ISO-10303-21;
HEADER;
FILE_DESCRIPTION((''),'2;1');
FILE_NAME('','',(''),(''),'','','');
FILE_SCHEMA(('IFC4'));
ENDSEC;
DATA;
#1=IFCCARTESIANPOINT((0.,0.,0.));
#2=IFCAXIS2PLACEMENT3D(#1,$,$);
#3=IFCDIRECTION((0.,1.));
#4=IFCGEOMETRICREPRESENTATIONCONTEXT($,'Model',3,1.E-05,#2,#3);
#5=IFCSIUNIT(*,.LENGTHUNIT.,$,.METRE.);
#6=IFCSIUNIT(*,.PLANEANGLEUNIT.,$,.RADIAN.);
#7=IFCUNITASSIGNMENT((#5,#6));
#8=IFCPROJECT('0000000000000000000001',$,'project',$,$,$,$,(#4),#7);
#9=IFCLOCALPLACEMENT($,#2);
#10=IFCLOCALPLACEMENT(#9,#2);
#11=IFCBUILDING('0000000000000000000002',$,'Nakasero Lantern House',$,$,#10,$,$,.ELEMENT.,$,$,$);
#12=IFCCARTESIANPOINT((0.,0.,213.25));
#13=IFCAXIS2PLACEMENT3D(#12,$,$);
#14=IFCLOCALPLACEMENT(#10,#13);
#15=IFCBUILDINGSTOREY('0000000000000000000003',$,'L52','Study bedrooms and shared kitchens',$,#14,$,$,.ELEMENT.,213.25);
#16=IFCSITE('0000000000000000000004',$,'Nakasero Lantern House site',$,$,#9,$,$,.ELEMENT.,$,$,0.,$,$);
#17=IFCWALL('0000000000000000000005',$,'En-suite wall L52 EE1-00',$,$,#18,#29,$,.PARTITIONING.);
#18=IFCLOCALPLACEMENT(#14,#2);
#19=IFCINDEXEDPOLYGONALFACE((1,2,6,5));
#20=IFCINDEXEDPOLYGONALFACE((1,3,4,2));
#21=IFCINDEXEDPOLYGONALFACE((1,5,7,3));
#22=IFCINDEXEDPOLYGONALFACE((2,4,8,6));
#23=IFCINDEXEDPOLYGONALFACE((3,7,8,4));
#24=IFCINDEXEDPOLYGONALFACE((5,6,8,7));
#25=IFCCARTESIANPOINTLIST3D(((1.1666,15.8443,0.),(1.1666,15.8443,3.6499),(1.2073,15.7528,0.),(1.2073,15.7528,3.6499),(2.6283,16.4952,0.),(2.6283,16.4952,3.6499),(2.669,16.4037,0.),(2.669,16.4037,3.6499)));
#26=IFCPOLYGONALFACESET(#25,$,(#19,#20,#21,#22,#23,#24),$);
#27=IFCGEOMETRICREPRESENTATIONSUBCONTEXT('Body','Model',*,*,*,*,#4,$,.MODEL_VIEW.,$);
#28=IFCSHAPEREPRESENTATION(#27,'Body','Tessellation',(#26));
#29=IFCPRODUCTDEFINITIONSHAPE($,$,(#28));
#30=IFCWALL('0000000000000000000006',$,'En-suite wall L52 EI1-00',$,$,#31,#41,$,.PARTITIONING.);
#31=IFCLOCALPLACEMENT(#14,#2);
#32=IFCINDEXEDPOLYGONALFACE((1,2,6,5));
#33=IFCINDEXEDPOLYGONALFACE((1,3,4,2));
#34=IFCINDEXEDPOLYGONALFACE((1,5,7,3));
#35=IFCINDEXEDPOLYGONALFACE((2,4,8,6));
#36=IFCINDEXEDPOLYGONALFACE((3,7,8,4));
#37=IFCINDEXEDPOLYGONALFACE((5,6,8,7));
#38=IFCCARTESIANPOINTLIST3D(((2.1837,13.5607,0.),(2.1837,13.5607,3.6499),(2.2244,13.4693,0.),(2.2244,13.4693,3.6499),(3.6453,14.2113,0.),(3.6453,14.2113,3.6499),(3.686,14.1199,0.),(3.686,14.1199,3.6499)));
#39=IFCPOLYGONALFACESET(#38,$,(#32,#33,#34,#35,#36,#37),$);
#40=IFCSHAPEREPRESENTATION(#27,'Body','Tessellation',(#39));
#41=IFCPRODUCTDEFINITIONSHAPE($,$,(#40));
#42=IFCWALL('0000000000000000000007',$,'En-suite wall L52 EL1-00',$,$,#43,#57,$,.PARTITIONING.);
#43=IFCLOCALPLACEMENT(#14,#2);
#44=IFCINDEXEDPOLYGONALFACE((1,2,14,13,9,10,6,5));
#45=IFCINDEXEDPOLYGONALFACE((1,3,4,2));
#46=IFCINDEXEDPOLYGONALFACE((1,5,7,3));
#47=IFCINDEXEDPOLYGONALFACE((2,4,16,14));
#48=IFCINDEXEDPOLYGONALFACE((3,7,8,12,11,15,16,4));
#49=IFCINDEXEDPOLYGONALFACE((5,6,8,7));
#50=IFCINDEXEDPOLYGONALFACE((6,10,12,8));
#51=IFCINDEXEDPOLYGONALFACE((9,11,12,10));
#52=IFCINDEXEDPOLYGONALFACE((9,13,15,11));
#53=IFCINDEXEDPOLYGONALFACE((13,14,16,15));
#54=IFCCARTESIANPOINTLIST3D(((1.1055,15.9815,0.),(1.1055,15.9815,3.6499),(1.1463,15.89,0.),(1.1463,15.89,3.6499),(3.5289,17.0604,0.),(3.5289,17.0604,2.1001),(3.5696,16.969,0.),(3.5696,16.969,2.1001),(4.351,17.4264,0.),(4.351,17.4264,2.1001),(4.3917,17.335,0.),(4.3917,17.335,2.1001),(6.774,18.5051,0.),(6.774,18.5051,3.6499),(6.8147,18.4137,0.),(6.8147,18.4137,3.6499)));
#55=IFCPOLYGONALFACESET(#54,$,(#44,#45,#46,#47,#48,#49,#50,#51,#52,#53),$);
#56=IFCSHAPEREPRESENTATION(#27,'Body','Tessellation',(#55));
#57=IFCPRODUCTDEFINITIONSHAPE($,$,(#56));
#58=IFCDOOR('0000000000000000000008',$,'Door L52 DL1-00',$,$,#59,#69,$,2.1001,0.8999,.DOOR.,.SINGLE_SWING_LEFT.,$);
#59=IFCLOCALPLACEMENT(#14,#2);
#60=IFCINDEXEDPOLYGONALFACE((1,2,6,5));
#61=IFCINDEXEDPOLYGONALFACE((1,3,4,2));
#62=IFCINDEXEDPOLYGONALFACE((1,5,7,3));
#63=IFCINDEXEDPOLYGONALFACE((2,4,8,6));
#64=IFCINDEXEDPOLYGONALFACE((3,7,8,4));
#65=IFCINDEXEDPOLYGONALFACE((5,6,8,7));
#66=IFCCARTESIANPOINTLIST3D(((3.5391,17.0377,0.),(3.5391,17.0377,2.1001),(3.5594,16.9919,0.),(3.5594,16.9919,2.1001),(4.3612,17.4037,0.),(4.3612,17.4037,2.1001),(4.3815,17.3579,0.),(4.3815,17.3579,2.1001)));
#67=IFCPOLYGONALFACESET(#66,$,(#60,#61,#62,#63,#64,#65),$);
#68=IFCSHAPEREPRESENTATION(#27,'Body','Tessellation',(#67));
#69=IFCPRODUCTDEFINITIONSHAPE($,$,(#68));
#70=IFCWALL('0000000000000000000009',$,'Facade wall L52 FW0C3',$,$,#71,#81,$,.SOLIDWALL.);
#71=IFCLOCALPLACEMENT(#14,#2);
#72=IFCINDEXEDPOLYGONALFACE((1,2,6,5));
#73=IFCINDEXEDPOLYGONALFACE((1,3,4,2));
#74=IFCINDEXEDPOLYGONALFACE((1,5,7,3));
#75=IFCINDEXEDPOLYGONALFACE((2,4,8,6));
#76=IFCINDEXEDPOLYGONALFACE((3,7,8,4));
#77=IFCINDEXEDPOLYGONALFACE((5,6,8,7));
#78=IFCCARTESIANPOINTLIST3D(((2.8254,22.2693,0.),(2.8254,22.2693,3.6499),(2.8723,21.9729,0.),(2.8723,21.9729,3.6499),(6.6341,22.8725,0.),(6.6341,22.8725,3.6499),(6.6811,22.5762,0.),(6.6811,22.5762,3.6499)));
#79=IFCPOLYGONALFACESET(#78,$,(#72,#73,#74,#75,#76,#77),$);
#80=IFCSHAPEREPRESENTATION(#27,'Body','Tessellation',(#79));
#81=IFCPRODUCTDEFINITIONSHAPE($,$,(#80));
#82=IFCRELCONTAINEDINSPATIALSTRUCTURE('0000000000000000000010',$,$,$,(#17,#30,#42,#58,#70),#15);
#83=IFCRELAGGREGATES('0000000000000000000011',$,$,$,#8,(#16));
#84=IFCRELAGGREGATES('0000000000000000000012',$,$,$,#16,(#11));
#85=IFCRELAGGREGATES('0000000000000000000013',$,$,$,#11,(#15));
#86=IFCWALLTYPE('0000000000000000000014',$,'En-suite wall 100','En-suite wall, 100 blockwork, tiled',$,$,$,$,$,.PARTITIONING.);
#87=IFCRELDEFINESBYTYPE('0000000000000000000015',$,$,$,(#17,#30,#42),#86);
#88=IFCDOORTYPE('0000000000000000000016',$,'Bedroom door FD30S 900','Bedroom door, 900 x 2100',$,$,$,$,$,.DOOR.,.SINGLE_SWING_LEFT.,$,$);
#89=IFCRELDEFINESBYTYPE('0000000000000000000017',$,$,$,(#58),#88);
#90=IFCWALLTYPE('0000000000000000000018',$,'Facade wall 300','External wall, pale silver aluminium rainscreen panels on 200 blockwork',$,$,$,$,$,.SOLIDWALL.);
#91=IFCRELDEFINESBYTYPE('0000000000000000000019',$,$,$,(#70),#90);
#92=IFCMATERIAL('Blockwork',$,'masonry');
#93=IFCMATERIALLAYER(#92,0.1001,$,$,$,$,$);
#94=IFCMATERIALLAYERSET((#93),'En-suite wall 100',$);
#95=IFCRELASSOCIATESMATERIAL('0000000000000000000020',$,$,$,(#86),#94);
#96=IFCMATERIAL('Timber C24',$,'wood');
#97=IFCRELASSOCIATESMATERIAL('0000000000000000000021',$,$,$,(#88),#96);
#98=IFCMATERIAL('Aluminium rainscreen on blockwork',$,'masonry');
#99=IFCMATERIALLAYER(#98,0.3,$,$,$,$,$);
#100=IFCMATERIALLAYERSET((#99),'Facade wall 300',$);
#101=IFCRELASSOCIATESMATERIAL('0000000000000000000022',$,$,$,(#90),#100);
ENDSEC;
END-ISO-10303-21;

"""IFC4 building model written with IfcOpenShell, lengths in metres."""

from ifc_helpers import new_model, si_unit, direction, frame, frame_2d, origin, place, context, subcontext, project, spatial, rectangle, extrude, material, layer, layer_set, type_object, element, fill, save


model = new_model("IFC4")

# Units and contexts
model_context = context("Model", 3, precision=1e-05, world=origin(), true_north=direction((0.0, 1.0)))
body_context = subcontext(model_context, "Body", "Model", "MODEL_VIEW")
ifc_project = project(units=[si_unit("LENGTHUNIT", "METRE"), si_unit("PLANEANGLEUNIT", "RADIAN")], contexts=[model_context])

# Site, building, storey
site_placement = place(None, origin())
site = spatial("IfcSite", under=ifc_project, at=site_placement, Name="Nakasero Lantern House site", CompositionType="ELEMENT", RefElevation=0.0)
building_placement = place(site_placement, origin())
building = spatial("IfcBuilding", under=site, at=building_placement, Name="Nakasero Lantern House", CompositionType="ELEMENT")
storey_placement = place(building_placement, frame((0.0, 0.0, 213.25)))
storey = spatial("IfcBuildingStorey", under=building, at=storey_placement, Name="L52", Description="Study bedrooms and shared kitchens", CompositionType="ELEMENT", Elevation=213.25)

# Shared definitions
ifc_material_1 = material(Name="Blockwork", Category="masonry")
ifc_layer_1 = layer(ifc_material_1, 0.1001)
ifc_layer_set_1 = layer_set([ifc_layer_1], Name="En-suite wall 100")
wall_type_1 = type_object("IfcWallType", Name="En-suite wall 100", Description="En-suite wall, 100 blockwork, tiled", PredefinedType="PARTITIONING", material=ifc_layer_set_1)

# Walls
wall_1_placement = place(storey_placement, frame((2.6487, 16.4495, 0.0), z_axis=(0.0, 0.0, 1.0), x_axis=(-0.913522, -0.40679, 0.0)))
element("IfcWall", 1, at=wall_1_placement, inside=storey, type_object=wall_type_1, Name="En-suite wall L52 EE1-00", PredefinedType="PARTITIONING", context=body_context, shape_type="SweptSolid", body=[
    extrude(rectangle(XDim=1.6001, YDim=0.1001, at=frame_2d((0.8, 0.0))), origin(), (0.0, 0.0, 1.0), 3.6499),
])
wall_2_placement = place(storey_placement, frame((3.6655, 14.1655, 0.0), z_axis=(0.0, 0.0, 1.0), x_axis=(-0.913579, -0.406662, 0.0)))
element("IfcWall", 2, at=wall_2_placement, inside=storey, type_object=wall_type_1, Name="En-suite wall L52 EI1-00", PredefinedType="PARTITIONING", context=body_context, shape_type="SweptSolid", body=[
    extrude(rectangle(XDim=1.5999, YDim=0.1001, at=frame_2d((0.7998, 0.0))), origin(), (0.0, 0.0, 1.0), 3.6499),
])

# Wall, opening, door
wall_3_placement = place(storey_placement, frame((6.7944, 18.4595, 0.0), z_axis=(0.0, 0.0, 1.0), x_axis=(-0.91355, -0.406726, 0.0)))
wall_3 = element("IfcWall", 3, at=wall_3_placement, inside=storey, type_object=wall_type_1, Name="En-suite wall L52 EL1-00", PredefinedType="PARTITIONING", context=body_context, shape_type="SweptSolid", body=[
    extrude(rectangle(XDim=6.2048, YDim=0.1001, at=frame_2d((3.1025, 0.0))), origin(), (0.0, 0.0, 1.0), 3.6499),
])
opening_1_placement = place(wall_3_placement, frame((2.6523, 0.0, 0.0)))
opening_1 = element("IfcOpeningElement", 4, at=opening_1_placement, cuts=wall_3, PredefinedType="OPENING", context=body_context, shape_type="SweptSolid", body=[
    extrude(rectangle(XDim=0.8999, YDim=2.1001, at=frame_2d((0.45, 1.05))), frame((0.0, 0.0701, 0.0), z_axis=(0.0, -1.0, 0.0), x_axis=(1.0, 0.0, 0.0)), (0.0, 0.0, 1.0), 0.1401),
])
ifc_material_2 = material(Name="Timber C24", Category="wood")
door_type_1 = type_object("IfcDoorType", Name="Bedroom door FD30S 900", Description="Bedroom door, 900 x 2100", OperationType="SINGLE_SWING_LEFT", PredefinedType="DOOR", material=ifc_material_2)
door_1_placement = place(opening_1_placement, origin())
door_1 = element("IfcDoor", 5, at=door_1_placement, inside=storey, type_object=door_type_1, Name="Door L52 DL1-00", OperationType="SINGLE_SWING_LEFT", OverallHeight=2.1001, OverallWidth=0.8999, PredefinedType="DOOR", context=body_context, shape_type="SweptSolid", body=[
    extrude(rectangle(XDim=0.8999, YDim=2.1001, at=frame_2d((0.45, 1.05))), frame((0.0, 0.0249, 0.0), z_axis=(0.0, -1.0, 0.0), x_axis=(1.0, 0.0, 0.0)), (0.0, 0.0, 1.0), 0.05),
])
fill(opening_1, door_1)

# Wall
ifc_material_3 = material(Name="Aluminium rainscreen on blockwork", Category="masonry")
ifc_layer_2 = layer(ifc_material_3, 0.3)
ifc_layer_set_2 = layer_set([ifc_layer_2], Name="Facade wall 300")
wall_type_2 = type_object("IfcWallType", Name="Facade wall 300", Description="External wall, pale silver aluminium rainscreen panels on 200 blockwork", PredefinedType="SOLIDWALL", material=ifc_layer_set_2)
wall_4_placement = place(storey_placement, frame((6.6577, 22.7244, 0.0), z_axis=(0.0, 0.0, 1.0), x_axis=(-0.987688, -0.156437, 0.0)))
element("IfcWall", 6, at=wall_4_placement, inside=storey, type_object=wall_type_2, Name="Facade wall L52 FW0C3", PredefinedType="SOLIDWALL", context=body_context, shape_type="SweptSolid", body=[
    extrude(rectangle(XDim=3.8562, YDim=0.3, at=frame_2d((1.9282, 0.0))), origin(), (0.0, 0.0, 1.0), 3.6499),
])

save(model, "model.ifc")
